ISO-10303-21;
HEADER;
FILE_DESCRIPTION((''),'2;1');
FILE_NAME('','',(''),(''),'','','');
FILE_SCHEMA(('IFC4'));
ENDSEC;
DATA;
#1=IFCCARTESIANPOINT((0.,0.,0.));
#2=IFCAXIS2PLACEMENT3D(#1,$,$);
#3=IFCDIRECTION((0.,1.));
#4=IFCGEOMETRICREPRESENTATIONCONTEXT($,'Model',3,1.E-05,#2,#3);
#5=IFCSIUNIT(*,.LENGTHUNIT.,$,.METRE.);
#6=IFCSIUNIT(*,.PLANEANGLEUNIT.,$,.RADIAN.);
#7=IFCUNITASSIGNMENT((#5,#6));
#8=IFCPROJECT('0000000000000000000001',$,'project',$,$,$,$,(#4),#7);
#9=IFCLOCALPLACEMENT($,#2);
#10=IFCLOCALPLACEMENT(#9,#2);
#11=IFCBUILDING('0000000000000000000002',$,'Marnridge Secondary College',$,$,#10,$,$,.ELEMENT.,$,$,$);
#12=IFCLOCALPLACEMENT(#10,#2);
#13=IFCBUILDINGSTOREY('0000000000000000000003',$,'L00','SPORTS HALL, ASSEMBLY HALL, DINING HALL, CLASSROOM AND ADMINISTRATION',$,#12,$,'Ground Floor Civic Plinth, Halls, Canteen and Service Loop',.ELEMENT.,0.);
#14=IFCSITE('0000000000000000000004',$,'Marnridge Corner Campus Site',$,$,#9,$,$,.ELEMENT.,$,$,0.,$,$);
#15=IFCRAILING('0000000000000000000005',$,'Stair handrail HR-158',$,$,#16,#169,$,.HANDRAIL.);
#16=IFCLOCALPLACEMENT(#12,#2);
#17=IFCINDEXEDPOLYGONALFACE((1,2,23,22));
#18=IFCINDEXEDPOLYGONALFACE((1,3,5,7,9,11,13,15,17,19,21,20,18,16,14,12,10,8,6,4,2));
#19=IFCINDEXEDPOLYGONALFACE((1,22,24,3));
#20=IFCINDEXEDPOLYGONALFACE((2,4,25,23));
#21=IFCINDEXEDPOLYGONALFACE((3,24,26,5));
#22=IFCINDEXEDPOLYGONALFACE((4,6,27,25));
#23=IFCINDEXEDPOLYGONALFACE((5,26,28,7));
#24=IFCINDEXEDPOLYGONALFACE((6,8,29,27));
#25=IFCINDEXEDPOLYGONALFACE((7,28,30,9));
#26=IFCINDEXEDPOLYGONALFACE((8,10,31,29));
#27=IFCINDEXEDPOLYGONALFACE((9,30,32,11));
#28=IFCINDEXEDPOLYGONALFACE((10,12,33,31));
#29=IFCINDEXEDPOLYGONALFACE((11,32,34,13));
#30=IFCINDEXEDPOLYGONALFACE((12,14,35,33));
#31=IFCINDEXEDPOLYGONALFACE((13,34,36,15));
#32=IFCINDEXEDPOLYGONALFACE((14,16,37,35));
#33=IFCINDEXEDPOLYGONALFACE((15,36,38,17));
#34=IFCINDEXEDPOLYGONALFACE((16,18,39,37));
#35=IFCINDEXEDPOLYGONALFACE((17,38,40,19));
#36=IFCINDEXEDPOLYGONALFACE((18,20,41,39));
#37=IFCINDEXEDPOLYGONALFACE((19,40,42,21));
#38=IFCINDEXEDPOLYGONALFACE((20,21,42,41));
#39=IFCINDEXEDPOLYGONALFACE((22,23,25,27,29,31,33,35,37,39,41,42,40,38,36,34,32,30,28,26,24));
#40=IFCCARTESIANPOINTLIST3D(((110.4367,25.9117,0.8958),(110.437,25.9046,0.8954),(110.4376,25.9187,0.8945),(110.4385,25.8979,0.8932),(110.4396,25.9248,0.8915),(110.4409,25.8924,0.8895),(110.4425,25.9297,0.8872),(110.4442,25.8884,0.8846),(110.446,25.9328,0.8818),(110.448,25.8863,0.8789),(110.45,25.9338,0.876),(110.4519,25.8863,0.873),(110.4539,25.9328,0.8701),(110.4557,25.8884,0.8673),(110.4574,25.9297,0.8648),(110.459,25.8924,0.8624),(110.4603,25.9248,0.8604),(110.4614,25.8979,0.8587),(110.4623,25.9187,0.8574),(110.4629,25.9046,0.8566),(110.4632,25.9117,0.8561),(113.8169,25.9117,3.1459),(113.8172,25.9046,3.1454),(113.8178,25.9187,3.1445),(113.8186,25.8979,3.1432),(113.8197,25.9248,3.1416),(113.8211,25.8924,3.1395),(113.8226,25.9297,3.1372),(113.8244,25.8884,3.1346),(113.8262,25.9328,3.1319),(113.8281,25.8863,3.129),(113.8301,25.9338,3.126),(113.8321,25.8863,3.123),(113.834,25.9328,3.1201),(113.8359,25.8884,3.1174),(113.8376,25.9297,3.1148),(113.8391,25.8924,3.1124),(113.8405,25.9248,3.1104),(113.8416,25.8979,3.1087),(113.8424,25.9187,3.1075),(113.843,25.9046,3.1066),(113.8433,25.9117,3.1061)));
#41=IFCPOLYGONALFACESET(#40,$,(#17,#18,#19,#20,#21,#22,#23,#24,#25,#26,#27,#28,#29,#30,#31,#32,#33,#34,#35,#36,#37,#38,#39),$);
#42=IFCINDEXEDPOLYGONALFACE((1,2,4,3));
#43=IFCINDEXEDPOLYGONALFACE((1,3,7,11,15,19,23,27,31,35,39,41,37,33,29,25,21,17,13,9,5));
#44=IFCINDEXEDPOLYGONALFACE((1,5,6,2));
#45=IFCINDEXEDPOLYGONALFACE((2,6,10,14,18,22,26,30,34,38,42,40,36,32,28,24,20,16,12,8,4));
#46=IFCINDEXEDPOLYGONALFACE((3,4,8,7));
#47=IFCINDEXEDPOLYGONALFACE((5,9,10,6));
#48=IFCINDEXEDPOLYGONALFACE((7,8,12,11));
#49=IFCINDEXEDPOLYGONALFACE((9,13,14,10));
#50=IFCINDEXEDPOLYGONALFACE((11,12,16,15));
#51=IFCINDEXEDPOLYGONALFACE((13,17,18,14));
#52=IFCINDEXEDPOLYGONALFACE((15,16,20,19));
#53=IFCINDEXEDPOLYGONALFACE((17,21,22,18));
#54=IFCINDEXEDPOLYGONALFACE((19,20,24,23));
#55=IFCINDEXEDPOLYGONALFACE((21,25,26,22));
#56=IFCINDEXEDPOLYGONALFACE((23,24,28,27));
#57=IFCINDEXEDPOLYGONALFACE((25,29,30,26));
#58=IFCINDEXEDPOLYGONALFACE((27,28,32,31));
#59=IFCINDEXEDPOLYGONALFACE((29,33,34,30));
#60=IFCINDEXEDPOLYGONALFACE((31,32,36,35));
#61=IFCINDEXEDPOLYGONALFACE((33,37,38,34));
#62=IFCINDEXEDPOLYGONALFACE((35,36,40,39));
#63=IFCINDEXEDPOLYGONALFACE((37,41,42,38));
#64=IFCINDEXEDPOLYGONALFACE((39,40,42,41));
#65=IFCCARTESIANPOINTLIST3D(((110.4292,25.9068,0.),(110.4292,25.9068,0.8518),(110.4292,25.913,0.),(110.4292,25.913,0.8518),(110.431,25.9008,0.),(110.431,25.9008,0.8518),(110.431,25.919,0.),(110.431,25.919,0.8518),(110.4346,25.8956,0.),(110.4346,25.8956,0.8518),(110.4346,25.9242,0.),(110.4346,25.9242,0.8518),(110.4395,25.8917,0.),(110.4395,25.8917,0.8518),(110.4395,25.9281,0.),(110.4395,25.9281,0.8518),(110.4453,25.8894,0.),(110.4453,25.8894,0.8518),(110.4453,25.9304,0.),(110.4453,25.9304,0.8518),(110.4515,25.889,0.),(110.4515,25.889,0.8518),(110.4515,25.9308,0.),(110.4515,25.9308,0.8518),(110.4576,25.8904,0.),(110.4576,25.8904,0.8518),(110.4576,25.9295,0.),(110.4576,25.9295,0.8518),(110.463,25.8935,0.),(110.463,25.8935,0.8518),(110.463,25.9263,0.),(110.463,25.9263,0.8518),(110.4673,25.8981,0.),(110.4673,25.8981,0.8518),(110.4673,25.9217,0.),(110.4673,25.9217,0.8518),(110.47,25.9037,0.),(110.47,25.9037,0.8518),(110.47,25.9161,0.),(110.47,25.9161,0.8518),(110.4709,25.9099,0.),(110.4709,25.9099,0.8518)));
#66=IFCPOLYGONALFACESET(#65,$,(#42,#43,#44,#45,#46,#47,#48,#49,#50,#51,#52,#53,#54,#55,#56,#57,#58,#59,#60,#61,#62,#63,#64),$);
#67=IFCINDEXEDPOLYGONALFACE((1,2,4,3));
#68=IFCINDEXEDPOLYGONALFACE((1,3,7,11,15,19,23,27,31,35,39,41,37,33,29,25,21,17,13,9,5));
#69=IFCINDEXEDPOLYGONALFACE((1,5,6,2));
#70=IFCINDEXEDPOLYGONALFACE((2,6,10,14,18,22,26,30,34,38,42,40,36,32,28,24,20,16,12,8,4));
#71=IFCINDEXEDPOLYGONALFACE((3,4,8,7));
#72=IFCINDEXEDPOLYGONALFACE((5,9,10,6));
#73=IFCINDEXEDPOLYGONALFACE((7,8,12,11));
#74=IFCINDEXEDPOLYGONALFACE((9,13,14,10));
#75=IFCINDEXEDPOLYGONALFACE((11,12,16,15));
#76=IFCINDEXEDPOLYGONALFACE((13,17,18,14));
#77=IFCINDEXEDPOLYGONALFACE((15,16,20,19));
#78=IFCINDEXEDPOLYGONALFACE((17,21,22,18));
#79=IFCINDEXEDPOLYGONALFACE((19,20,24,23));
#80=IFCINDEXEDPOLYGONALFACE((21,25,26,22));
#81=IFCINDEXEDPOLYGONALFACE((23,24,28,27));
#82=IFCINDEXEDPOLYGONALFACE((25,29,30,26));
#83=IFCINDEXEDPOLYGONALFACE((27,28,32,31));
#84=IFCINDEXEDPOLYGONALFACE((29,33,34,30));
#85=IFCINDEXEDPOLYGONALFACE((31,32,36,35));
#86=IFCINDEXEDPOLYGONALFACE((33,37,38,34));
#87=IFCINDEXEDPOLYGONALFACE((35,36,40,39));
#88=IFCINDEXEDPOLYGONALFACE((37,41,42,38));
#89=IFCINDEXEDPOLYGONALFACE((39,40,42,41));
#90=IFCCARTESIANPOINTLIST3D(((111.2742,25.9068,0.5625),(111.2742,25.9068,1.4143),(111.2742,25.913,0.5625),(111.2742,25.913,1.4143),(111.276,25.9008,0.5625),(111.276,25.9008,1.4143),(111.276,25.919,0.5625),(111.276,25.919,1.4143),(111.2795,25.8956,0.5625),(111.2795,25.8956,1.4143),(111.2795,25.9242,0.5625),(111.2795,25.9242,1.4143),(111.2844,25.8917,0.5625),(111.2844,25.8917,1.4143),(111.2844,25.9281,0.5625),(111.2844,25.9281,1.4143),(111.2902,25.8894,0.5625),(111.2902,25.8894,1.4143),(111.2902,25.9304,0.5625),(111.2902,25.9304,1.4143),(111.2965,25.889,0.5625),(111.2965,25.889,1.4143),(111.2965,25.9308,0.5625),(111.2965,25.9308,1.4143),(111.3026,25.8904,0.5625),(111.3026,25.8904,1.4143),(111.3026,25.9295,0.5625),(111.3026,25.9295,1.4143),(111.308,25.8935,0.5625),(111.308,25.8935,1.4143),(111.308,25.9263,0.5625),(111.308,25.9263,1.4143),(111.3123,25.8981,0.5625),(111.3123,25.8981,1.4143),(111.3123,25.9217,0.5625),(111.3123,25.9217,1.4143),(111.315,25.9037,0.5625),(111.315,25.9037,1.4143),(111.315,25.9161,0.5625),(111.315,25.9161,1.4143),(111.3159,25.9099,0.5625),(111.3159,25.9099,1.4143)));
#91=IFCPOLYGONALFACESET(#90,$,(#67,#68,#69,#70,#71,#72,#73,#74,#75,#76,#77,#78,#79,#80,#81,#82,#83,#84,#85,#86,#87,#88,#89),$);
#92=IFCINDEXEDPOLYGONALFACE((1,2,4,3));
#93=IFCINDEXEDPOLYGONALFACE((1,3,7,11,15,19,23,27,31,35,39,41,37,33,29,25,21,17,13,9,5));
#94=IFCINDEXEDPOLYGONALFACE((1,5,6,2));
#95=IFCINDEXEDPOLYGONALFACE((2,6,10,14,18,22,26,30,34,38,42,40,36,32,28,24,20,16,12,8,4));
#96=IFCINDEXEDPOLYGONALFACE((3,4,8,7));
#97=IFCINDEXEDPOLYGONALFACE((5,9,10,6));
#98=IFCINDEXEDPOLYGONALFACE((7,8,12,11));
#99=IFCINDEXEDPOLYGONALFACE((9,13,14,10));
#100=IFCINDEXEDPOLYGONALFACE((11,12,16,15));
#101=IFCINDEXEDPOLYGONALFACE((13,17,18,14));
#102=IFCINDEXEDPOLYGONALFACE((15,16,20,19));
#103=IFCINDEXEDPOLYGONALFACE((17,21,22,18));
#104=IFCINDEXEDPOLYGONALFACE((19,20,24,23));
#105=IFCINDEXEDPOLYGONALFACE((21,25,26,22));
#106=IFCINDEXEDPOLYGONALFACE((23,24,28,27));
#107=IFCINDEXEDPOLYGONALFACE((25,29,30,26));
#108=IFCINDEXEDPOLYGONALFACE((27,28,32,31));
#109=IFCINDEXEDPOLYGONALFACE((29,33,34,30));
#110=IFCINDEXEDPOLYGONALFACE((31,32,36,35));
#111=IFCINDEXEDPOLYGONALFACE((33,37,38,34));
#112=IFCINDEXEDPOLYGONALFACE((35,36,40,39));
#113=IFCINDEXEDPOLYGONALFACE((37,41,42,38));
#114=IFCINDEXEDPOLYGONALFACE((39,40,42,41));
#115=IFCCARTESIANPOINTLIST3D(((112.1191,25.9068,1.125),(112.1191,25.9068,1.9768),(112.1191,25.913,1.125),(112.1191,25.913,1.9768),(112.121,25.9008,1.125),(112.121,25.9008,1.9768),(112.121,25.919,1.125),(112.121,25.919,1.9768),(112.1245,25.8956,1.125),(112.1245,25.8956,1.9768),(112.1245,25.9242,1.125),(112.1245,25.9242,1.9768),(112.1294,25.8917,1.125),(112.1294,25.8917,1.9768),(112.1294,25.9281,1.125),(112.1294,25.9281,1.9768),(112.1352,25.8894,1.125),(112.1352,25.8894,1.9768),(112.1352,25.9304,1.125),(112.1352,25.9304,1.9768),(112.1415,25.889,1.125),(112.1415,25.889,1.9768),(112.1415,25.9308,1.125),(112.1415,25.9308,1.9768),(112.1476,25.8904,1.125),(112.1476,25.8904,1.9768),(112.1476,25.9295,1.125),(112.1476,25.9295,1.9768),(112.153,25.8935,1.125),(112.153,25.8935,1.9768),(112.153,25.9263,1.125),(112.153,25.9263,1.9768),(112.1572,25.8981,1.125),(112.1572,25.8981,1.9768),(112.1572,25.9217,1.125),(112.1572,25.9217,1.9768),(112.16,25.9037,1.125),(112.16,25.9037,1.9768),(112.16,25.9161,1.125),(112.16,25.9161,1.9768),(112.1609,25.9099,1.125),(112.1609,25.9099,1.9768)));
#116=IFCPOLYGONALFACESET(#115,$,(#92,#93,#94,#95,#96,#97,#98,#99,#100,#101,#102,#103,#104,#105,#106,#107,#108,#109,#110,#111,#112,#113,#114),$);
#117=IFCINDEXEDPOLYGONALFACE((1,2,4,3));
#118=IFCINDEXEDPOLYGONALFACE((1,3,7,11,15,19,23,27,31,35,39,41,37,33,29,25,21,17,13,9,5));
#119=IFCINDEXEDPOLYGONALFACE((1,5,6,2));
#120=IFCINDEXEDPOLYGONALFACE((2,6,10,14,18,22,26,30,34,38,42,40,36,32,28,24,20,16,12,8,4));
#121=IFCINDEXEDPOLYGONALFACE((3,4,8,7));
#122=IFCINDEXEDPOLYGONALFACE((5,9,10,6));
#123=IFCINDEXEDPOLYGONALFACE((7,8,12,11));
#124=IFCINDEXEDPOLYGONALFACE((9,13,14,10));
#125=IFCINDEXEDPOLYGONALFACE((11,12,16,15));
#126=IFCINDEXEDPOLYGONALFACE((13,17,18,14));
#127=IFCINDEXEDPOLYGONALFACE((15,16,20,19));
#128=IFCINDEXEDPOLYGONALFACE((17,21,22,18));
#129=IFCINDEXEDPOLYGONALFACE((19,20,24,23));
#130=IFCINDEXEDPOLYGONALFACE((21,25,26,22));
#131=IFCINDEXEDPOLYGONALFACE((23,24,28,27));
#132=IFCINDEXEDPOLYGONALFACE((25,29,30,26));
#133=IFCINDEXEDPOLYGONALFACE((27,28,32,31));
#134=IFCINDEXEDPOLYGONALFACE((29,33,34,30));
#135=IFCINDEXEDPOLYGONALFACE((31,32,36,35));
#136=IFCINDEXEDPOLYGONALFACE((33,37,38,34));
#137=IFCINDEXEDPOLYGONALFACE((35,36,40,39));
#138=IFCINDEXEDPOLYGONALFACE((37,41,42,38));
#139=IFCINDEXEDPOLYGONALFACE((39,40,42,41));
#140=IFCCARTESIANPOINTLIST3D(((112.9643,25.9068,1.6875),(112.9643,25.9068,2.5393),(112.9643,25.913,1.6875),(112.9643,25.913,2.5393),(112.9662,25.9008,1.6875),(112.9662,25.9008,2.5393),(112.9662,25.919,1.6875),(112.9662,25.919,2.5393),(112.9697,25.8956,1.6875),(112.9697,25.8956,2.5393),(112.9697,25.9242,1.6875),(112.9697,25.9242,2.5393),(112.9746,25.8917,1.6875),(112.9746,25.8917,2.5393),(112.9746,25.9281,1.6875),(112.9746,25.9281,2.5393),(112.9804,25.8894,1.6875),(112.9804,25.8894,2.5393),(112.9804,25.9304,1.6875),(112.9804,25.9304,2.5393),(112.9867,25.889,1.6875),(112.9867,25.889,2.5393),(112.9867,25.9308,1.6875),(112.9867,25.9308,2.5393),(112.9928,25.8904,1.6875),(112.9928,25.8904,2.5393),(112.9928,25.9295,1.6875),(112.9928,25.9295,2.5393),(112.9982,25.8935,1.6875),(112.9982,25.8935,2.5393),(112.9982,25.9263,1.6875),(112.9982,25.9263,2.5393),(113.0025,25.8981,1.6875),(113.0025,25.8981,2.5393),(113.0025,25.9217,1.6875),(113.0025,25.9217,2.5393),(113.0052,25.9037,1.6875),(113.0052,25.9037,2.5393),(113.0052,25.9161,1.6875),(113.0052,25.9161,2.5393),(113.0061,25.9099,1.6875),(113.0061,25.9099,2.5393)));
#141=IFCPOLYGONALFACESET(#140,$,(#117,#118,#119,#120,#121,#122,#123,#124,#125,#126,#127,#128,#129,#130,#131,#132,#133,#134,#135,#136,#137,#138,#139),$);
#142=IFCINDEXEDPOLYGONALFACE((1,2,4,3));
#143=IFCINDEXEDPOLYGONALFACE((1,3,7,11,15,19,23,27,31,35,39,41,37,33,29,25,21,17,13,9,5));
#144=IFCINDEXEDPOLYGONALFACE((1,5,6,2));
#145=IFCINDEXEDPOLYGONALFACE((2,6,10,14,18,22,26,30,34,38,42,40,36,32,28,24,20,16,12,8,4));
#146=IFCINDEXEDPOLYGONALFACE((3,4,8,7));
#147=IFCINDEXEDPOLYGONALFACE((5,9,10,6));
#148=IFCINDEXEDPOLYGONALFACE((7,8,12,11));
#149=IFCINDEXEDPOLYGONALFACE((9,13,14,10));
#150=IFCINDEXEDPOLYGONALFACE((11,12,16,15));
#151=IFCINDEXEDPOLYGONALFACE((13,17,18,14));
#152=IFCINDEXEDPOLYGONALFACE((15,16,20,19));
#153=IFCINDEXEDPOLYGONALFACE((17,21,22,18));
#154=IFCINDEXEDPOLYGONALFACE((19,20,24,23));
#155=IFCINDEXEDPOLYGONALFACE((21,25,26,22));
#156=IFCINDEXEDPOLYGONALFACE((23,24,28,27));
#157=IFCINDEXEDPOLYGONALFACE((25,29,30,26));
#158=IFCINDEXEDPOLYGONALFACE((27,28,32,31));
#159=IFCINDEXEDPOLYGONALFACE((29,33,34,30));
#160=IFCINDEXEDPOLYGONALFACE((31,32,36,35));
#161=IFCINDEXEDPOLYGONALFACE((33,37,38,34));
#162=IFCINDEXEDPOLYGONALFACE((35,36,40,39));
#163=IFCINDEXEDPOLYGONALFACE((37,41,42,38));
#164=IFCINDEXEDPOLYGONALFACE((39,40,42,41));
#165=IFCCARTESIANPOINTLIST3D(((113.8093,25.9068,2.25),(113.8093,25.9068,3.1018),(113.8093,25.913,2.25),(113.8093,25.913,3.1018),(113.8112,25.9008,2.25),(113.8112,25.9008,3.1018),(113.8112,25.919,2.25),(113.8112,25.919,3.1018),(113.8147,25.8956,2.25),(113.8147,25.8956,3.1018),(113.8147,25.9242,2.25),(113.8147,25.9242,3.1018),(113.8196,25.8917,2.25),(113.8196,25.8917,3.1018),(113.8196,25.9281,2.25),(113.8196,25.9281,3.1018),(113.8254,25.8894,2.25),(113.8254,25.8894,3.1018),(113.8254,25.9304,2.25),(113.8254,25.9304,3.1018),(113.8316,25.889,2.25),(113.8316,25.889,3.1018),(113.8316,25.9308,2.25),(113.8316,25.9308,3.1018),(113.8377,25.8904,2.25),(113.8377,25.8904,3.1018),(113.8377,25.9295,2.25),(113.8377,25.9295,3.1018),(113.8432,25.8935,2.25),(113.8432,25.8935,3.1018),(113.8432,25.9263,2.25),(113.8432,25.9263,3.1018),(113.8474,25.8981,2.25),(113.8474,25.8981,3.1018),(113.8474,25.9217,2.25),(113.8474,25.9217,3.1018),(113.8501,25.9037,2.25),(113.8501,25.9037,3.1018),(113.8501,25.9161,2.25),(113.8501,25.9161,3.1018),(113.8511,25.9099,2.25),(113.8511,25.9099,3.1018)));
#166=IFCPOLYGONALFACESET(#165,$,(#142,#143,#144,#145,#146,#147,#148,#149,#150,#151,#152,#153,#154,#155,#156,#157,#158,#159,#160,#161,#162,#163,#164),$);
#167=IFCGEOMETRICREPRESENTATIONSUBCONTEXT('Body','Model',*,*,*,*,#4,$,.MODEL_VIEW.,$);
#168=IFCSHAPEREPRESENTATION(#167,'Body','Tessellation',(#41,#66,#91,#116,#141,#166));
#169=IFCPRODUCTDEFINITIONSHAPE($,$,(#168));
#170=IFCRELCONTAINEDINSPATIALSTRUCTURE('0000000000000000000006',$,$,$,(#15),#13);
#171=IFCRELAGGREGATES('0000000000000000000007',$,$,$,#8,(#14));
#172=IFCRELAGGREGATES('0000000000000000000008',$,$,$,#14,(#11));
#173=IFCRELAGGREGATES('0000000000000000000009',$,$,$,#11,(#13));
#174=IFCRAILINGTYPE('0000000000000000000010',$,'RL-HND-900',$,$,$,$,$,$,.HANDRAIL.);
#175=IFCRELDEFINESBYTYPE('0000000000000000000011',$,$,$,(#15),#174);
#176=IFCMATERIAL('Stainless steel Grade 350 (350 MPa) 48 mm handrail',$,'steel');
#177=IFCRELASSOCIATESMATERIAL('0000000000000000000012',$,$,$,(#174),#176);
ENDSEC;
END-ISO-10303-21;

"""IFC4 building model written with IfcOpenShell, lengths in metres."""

from ifc_helpers import new_model, si_unit, direction, frame, origin, origin_2d, place, context, subcontext, project, spatial, circle, extrude, material, type_object, element, save


model = new_model("IFC4")

# Units and contexts
model_context = context("Model", 3, precision=1e-05, world=origin(), true_north=direction((0.0, 1.0)))
body_context = subcontext(model_context, "Body", "Model", "MODEL_VIEW")
ifc_project = project(units=[si_unit("LENGTHUNIT", "METRE"), si_unit("PLANEANGLEUNIT", "RADIAN")], contexts=[model_context])

# Site, building, storey
site_placement = place(None, origin())
site = spatial("IfcSite", under=ifc_project, at=site_placement, Name="Marnridge Corner Campus Site", CompositionType="ELEMENT", RefElevation=0.0)
building_placement = place(site_placement, origin())
building = spatial("IfcBuilding", under=site, at=building_placement, Name="Marnridge Secondary College", CompositionType="ELEMENT")
storey_placement = place(building_placement, origin())
storey = spatial("IfcBuildingStorey", under=building, at=storey_placement, Name="L00", Description="SPORTS HALL, ASSEMBLY HALL, DINING HALL, CLASSROOM AND ADMINISTRATION", LongName="Ground Floor Civic Plinth, Halls, Canteen and Service Loop", CompositionType="ELEMENT", Elevation=0.0)

# Railing
ifc_material_1 = material(Name="Stainless steel Grade 350 (350 MPa) 48 mm handrail", Category="steel")
railing_type = type_object("IfcRailingType", Name="RL-HND-900", PredefinedType="HANDRAIL", material=ifc_material_1)
for number, where, name in (
    (1, (110.45, 25.9099, 0.0), "Stair handrail HR-158"),
):
    element("IfcRailing", number, at=place(storey_placement, frame(where)), inside=storey, type_object=railing_type, Name=name, PredefinedType="HANDRAIL", context=body_context, shape_type="SweptSolid", body=[
        extrude(circle(Radius=0.0239, at=origin_2d()), frame((0.0, 0.0, 0.876), z_axis=(0.832439, 0.0, 0.554117), x_axis=(0.0, 1.0, 0.0)), (0.0, 0.0, 1.0), 4.0605),
        extrude(circle(Radius=0.021, at=origin_2d()), origin(), (0.0, 0.0, 1.0), 0.8518),
        extrude(circle(Radius=0.021, at=origin_2d()), frame((0.845, 0.0, 0.5625)), (0.0, 0.0, 1.0), 0.8518),
        extrude(circle(Radius=0.021, at=origin_2d()), frame((1.6899, 0.0, 1.125)), (0.0, 0.0, 1.0), 0.8518),
        extrude(circle(Radius=0.021, at=origin_2d()), frame((2.5352, 0.0, 1.6875)), (0.0, 0.0, 1.0), 0.8518),
        extrude(circle(Radius=0.021, at=origin_2d()), frame((3.3801, 0.0, 2.25)), (0.0, 0.0, 1.0), 0.8518),
    ])

save(model, "model.ifc")
